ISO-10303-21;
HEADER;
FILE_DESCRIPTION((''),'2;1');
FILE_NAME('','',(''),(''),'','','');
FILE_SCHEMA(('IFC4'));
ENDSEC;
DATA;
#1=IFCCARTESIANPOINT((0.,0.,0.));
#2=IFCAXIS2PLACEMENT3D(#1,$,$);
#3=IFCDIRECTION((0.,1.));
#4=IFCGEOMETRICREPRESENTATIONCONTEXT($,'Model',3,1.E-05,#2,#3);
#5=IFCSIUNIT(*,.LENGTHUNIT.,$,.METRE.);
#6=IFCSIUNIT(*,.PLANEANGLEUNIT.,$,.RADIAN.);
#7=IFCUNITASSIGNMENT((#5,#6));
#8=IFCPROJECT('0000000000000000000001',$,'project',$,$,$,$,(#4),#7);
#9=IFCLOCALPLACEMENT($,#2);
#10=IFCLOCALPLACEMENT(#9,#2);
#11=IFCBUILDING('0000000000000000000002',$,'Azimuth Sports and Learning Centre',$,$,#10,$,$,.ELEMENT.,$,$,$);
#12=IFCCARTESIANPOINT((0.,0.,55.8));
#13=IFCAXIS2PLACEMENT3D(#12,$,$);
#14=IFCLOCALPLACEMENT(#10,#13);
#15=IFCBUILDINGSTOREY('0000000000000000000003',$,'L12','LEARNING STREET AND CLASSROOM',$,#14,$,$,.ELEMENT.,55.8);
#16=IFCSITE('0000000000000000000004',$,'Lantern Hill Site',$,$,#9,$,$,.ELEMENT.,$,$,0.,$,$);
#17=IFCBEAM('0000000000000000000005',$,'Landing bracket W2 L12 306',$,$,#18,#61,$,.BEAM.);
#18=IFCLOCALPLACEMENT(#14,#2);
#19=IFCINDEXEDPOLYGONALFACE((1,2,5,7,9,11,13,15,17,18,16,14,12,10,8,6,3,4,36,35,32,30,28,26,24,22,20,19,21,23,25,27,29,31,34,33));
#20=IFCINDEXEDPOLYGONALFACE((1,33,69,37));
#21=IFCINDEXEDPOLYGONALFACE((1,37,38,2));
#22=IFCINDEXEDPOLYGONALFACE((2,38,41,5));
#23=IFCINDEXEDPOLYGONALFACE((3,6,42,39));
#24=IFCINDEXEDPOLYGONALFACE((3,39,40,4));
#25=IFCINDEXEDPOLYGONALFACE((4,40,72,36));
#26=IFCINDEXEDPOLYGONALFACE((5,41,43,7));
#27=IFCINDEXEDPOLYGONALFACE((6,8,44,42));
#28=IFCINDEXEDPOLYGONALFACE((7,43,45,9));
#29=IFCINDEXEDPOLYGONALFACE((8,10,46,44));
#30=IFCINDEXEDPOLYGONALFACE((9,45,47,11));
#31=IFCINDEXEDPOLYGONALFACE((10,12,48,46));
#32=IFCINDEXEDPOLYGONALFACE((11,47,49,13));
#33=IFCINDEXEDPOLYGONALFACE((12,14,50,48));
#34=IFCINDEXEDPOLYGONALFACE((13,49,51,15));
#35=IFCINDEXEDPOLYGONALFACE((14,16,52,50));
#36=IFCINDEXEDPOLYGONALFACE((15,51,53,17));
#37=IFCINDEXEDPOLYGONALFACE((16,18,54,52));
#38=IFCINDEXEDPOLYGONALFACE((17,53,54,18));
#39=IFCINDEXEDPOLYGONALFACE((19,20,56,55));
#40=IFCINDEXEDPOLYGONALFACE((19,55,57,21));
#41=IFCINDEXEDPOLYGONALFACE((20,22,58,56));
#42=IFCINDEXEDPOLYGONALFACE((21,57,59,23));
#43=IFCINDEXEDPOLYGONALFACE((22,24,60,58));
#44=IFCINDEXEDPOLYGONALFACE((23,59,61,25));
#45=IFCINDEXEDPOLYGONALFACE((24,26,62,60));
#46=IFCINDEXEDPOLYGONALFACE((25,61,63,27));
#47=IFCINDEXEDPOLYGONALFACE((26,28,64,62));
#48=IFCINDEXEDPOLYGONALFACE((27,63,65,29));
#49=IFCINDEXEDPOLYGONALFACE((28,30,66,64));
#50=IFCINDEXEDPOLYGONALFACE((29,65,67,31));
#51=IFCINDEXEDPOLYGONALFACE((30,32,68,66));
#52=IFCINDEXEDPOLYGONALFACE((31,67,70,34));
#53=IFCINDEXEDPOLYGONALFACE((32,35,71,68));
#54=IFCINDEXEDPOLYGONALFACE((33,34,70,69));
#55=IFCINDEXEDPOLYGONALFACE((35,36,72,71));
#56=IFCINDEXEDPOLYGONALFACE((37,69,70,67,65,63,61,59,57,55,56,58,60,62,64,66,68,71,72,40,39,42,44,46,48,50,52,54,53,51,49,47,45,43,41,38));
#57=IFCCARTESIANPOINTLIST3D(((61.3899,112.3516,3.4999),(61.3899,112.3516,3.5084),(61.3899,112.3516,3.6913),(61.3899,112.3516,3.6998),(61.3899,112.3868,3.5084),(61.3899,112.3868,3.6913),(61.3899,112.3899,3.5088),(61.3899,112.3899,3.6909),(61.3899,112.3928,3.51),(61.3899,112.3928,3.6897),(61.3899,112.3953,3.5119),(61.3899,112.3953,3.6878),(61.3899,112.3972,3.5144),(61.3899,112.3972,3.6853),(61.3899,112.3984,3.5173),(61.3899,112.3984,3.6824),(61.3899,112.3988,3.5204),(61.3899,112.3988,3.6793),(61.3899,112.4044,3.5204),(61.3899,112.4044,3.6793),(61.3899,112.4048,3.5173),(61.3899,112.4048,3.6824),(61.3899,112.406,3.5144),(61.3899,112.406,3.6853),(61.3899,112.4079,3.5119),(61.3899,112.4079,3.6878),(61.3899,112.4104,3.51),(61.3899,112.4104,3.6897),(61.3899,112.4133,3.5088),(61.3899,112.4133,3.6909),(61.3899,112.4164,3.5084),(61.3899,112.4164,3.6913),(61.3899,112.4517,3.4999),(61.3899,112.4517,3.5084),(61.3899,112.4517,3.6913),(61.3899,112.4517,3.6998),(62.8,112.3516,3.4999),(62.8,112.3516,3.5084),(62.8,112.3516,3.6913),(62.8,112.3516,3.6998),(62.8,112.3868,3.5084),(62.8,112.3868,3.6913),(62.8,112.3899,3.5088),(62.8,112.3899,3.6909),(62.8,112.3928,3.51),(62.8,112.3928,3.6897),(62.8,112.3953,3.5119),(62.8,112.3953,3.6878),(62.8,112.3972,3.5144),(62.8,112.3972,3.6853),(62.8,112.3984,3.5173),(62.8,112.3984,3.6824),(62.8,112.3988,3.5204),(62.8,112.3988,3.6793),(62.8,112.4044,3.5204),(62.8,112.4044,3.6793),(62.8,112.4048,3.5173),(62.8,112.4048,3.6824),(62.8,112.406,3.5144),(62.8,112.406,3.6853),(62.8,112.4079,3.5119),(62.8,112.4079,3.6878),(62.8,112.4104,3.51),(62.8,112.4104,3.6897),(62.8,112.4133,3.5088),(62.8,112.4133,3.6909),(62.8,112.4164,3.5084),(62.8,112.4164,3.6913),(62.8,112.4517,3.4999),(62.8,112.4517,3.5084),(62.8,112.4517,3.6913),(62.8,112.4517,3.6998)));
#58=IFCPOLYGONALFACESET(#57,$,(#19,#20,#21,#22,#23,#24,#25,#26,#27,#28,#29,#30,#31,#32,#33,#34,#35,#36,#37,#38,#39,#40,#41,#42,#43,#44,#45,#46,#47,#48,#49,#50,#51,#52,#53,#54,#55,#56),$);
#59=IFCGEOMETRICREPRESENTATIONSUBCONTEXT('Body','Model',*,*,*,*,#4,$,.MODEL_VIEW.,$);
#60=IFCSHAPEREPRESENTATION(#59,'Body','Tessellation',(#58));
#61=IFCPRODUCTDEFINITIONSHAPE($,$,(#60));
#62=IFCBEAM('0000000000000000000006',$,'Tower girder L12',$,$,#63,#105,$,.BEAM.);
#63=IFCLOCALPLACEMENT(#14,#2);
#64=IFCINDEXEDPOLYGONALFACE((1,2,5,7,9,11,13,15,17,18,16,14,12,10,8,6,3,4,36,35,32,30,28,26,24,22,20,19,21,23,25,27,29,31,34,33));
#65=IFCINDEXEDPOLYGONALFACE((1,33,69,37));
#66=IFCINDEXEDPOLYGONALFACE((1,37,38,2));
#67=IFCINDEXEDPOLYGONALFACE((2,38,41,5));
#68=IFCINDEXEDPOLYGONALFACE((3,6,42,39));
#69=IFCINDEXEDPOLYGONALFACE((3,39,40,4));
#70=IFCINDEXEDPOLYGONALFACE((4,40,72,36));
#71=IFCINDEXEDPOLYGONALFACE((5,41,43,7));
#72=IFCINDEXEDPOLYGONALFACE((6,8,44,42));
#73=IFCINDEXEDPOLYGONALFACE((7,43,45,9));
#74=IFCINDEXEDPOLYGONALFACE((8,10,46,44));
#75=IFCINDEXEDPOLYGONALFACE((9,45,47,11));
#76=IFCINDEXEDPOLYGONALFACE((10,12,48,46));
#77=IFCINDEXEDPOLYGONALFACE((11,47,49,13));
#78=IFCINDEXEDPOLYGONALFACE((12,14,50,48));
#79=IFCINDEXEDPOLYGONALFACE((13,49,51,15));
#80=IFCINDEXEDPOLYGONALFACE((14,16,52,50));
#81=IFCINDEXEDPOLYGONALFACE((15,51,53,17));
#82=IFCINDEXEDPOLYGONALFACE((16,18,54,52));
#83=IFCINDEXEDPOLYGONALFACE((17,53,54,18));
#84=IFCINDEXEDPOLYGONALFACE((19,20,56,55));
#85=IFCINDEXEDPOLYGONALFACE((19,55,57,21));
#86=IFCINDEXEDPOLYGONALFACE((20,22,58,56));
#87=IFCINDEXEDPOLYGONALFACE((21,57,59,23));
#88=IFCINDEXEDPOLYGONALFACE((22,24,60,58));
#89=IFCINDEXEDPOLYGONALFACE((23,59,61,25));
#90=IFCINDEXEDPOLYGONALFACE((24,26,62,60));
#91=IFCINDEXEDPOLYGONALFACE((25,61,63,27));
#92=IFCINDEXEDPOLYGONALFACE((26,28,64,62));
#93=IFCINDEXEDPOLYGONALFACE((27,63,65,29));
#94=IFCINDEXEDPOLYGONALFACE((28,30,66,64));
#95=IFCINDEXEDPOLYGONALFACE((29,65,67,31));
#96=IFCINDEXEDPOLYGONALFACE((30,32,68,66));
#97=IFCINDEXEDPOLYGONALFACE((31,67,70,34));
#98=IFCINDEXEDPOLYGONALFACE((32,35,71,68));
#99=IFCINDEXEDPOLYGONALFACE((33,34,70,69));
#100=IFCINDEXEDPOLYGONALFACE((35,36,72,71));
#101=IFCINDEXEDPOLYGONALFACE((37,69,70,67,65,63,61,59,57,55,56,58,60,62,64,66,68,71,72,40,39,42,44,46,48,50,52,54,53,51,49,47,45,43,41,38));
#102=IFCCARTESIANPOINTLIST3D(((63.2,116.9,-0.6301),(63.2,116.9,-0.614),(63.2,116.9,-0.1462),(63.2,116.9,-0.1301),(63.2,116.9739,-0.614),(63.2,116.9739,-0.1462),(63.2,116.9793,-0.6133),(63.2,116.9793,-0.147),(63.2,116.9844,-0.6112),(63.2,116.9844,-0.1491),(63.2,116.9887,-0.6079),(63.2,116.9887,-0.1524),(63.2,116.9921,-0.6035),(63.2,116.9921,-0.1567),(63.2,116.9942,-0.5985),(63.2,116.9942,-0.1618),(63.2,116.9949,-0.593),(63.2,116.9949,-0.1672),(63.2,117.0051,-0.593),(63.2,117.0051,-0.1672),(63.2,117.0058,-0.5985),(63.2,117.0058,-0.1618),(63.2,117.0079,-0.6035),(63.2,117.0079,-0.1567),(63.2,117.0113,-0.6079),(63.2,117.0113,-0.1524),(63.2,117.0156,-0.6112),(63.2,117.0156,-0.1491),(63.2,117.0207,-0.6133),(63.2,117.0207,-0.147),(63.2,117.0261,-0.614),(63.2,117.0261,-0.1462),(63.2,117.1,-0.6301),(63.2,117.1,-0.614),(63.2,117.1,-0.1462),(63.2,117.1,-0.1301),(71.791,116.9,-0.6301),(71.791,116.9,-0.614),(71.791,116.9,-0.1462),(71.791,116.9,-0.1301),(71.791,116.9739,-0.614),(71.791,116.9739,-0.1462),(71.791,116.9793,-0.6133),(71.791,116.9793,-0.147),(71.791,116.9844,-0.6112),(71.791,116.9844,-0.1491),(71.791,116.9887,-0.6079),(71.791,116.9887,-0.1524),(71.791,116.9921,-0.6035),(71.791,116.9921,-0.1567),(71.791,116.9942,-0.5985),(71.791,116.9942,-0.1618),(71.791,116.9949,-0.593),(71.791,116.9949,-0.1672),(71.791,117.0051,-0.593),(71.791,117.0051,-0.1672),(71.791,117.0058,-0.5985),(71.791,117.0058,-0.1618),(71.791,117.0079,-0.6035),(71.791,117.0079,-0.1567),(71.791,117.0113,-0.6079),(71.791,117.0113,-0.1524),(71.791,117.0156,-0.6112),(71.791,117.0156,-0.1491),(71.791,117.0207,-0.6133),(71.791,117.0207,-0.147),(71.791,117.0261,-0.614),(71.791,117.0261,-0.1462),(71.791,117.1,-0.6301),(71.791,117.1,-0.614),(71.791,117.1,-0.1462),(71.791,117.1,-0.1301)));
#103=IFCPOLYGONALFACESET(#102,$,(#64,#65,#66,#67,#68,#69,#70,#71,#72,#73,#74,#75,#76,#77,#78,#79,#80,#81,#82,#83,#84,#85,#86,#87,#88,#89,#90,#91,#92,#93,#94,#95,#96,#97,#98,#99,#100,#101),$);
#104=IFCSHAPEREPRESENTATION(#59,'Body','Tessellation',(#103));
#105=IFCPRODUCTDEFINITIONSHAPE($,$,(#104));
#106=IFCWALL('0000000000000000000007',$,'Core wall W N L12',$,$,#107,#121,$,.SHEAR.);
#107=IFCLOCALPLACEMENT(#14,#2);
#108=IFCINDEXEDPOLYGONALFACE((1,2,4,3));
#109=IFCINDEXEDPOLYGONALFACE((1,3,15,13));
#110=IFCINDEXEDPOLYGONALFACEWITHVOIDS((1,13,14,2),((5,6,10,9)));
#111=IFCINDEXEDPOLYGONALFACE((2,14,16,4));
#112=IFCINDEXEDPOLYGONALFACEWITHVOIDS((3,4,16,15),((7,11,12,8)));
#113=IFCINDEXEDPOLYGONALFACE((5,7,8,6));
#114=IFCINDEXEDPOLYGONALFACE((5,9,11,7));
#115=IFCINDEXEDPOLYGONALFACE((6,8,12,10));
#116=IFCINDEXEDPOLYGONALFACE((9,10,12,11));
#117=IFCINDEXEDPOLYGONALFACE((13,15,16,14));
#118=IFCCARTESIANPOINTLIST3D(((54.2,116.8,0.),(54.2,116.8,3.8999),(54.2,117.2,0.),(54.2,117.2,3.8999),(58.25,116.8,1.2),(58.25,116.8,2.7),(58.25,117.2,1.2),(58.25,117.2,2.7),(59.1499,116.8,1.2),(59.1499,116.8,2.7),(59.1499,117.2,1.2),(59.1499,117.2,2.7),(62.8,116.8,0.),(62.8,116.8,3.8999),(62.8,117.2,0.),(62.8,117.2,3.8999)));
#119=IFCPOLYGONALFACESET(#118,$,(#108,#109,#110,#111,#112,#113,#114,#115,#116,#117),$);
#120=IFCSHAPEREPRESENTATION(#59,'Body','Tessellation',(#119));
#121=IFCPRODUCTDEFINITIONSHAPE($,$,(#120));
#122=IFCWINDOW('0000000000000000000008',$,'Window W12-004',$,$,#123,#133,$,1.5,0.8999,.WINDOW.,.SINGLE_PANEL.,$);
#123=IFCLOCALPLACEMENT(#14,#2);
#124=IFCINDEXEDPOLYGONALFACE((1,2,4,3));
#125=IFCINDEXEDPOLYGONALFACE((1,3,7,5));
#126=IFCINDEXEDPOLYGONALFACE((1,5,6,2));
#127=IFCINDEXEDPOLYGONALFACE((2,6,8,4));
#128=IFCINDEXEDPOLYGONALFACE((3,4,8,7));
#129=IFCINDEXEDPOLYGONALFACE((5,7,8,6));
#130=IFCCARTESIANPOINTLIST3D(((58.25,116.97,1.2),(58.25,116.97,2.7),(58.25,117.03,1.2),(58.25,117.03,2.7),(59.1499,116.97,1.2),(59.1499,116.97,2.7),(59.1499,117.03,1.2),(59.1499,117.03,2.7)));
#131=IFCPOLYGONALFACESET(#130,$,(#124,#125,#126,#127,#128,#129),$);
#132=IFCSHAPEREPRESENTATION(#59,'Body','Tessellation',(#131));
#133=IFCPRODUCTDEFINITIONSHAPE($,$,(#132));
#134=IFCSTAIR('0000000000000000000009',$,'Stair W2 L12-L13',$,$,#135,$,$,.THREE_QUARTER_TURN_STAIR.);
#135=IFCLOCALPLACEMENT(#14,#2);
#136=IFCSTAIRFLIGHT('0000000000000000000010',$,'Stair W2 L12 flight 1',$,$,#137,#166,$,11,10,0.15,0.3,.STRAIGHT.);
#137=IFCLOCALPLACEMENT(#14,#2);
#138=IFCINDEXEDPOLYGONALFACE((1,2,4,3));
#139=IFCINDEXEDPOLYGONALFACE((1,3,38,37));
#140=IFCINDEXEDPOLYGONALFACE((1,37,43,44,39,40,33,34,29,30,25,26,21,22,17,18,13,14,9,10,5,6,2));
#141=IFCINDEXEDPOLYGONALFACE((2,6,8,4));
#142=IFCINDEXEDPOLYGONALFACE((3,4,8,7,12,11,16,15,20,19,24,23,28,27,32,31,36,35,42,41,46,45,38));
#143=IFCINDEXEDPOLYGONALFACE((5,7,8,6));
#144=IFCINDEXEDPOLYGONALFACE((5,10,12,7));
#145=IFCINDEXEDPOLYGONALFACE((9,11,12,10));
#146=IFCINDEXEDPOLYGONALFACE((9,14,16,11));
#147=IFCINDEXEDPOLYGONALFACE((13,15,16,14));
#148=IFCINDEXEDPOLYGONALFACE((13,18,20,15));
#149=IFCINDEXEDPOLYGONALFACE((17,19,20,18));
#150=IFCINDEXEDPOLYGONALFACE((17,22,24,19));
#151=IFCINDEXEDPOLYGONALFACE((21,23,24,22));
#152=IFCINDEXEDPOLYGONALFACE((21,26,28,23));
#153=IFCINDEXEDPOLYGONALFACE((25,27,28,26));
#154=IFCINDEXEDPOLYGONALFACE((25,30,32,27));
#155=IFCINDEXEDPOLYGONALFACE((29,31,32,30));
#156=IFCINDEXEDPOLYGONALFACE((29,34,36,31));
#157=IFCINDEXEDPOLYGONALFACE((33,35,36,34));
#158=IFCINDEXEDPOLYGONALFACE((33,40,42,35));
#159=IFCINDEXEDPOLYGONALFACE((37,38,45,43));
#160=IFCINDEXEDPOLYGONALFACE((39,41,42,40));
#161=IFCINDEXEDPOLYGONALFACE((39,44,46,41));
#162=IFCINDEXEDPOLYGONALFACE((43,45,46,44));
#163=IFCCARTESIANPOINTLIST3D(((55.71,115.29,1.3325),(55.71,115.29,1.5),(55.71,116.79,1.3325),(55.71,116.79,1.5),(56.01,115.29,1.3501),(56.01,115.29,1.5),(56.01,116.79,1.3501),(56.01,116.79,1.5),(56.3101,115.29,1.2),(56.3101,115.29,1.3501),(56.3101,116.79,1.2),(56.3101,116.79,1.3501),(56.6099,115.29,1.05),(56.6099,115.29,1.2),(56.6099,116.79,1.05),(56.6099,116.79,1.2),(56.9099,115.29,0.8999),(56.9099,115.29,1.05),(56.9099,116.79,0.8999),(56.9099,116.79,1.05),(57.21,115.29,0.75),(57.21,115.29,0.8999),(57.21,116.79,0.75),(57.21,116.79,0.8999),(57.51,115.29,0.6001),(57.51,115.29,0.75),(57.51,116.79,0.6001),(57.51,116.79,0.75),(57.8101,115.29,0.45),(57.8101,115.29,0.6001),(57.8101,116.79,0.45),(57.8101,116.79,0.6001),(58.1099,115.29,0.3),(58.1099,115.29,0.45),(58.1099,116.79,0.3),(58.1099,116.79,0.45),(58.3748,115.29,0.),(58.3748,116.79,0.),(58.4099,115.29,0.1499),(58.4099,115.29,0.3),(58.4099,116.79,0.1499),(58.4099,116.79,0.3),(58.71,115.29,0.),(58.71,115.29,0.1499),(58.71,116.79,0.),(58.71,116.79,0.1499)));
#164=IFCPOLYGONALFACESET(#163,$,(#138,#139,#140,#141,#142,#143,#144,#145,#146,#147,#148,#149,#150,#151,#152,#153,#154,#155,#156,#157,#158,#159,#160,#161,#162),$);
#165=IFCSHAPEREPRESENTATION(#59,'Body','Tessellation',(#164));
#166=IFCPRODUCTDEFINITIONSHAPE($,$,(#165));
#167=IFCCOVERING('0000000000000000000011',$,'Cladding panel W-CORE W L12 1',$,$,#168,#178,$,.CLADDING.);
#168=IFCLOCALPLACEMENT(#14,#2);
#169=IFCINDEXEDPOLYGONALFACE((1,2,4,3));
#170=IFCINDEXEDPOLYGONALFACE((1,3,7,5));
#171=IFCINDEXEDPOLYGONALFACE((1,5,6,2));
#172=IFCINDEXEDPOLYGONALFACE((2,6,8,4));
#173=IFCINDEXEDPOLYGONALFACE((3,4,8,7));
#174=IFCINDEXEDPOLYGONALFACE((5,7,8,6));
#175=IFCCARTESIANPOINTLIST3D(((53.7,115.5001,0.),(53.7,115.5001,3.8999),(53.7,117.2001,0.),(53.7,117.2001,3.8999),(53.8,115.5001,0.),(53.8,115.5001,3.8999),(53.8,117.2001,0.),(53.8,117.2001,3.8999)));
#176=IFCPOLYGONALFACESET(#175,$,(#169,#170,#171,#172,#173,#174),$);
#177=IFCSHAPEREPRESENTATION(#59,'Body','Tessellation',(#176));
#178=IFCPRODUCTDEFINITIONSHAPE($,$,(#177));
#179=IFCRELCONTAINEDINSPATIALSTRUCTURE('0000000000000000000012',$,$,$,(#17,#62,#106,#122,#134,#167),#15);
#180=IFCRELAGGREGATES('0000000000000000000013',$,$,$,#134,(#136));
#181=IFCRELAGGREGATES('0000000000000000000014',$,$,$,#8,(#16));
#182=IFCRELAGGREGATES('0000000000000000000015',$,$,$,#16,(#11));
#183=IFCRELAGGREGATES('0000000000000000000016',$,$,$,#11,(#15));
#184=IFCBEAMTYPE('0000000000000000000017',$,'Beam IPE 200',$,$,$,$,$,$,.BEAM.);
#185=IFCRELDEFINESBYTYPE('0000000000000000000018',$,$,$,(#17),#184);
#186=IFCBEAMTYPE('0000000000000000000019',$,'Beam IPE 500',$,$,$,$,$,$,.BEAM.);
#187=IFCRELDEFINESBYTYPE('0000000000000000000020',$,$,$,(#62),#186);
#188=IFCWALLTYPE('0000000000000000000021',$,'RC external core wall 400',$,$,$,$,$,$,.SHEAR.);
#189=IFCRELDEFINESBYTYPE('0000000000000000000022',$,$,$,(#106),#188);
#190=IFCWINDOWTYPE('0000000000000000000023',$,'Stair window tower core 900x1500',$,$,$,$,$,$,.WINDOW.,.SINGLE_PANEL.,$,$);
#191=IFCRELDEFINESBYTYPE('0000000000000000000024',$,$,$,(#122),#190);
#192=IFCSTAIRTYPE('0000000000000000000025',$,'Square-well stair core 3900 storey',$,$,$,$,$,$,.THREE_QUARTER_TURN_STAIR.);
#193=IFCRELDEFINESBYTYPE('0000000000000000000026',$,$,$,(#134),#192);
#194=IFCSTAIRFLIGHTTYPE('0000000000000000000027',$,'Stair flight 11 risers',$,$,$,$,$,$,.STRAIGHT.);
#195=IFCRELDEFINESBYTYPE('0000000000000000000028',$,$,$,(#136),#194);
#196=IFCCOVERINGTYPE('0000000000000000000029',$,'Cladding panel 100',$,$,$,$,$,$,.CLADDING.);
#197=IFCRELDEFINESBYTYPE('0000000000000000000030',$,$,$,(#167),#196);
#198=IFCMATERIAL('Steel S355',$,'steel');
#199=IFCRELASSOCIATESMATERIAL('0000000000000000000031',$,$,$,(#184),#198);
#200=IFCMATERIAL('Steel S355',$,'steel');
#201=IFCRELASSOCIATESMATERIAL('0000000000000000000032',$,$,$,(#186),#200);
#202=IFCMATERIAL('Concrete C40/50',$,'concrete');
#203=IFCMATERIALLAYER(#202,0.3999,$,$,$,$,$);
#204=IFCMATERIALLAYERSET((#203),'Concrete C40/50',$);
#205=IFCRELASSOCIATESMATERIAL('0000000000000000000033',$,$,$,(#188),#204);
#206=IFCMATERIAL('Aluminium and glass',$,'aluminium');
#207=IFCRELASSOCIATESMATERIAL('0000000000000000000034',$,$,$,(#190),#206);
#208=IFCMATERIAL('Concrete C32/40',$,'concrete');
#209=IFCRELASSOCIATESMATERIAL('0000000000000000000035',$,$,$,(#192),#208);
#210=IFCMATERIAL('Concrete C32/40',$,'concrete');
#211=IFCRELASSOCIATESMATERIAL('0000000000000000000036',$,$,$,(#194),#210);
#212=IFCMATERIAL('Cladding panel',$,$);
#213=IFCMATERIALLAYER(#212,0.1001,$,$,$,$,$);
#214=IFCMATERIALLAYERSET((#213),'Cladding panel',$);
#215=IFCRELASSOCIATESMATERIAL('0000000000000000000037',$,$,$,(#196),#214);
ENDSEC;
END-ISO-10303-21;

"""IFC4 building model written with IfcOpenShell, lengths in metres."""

from ifc_helpers import new_model, si_unit, direction, frame, frame_2d, origin, origin_2d, place, context, subcontext, project, spatial, polyline, rectangle, i_section, outline, extrude, material, layer, layer_set, material_profile, profile_set, type_object, element, fill, aggregate, save


model = new_model("IFC4")

# Units and contexts
model_context = context("Model", 3, precision=1e-05, world=origin(), true_north=direction((0.0, 1.0)))
body_context = subcontext(model_context, "Body", "Model", "MODEL_VIEW")
ifc_project = project(units=[si_unit("LENGTHUNIT", "METRE"), si_unit("PLANEANGLEUNIT", "RADIAN")], contexts=[model_context])

# Site, building, storey
site_placement = place(None, origin())
site = spatial("IfcSite", under=ifc_project, at=site_placement, Name="Lantern Hill Site", CompositionType="ELEMENT", RefElevation=0.0)
building_placement = place(site_placement, origin())
building = spatial("IfcBuilding", under=site, at=building_placement, Name="Azimuth Sports and Learning Centre", CompositionType="ELEMENT")
storey_placement = place(building_placement, frame((0.0, 0.0, 55.8)))
storey = spatial("IfcBuildingStorey", under=building, at=storey_placement, Name="L12", Description="LEARNING STREET AND CLASSROOM", CompositionType="ELEMENT", Elevation=55.8)

# Beams
ifc_material_1 = material(Name="Steel S355", Category="steel")
ifc_material_profile_1 = material_profile(ifc_material_1, i_section(OverallWidth=0.1001, OverallDepth=0.2, WebThickness=0.0056, FlangeThickness=0.0085, FilletRadius=0.012, at=origin_2d()), Name="IPE 200")
ifc_profile_set_1 = profile_set([ifc_material_profile_1], Name="Steel S355")
beam_type_1 = type_object("IfcBeamType", Name="Beam IPE 200", PredefinedType="BEAM", material=ifc_profile_set_1)
for number, where, z_axis, x_axis, name in (
    (1, (62.8, 112.4016, 3.5999), (-1.0, 0.0, 0.0), (0.0, -1.0, 0.0), "Landing bracket W2 L12 306"),
):
    element("IfcBeam", number, at=place(storey_placement, frame(where, z_axis=z_axis, x_axis=x_axis)), inside=storey, type_object=beam_type_1, Name=name, PredefinedType="BEAM", context=body_context, shape_type="SweptSolid", body=[
        extrude(i_section(OverallWidth=0.1001, OverallDepth=0.2, WebThickness=0.0056, FlangeThickness=0.0085, FilletRadius=0.012, at=origin_2d()), origin(), (0.0, 0.0, 1.0), 1.4102),
    ])
ifc_material_2 = material(Name="Steel S355", Category="steel")
ifc_material_profile_2 = material_profile(ifc_material_2, i_section(OverallWidth=0.2, OverallDepth=0.5, WebThickness=0.0103, FlangeThickness=0.0161, FilletRadius=0.021, at=origin_2d()), Name="IPE 500")
ifc_profile_set_2 = profile_set([ifc_material_profile_2], Name="Steel S355")
beam_type_2 = type_object("IfcBeamType", Name="Beam IPE 500", PredefinedType="BEAM", material=ifc_profile_set_2)
beam_placement = place(storey_placement, frame((63.2, 117.0, -0.3801), z_axis=(1.0, 0.0, 0.0), x_axis=(0.0, 1.0, 0.0)))
element("IfcBeam", 2, at=beam_placement, inside=storey, type_object=beam_type_2, Name="Tower girder L12", PredefinedType="BEAM", context=body_context, shape_type="SweptSolid", body=[
    extrude(i_section(OverallWidth=0.2, OverallDepth=0.5, WebThickness=0.0103, FlangeThickness=0.0161, FilletRadius=0.021, at=origin_2d()), origin(), (0.0, 0.0, 1.0), 8.5911),
])

# Wall, opening, window
ifc_material_3 = material(Name="Concrete C40/50", Category="concrete")
ifc_layer_1 = layer(ifc_material_3, 0.3999)
ifc_layer_set_1 = layer_set([ifc_layer_1], Name="Concrete C40/50")
wall_type = type_object("IfcWallType", Name="RC external core wall 400", PredefinedType="SHEAR", material=ifc_layer_set_1)
wall_placement = place(storey_placement, frame((54.2, 117.0, 0.0), z_axis=(0.0, 0.0, 1.0), x_axis=(1.0, 0.0, 0.0)))
wall = element("IfcWall", 3, at=wall_placement, inside=storey, type_object=wall_type, Name="Core wall W N L12", PredefinedType="SHEAR", context=body_context, shape_type="SweptSolid", body=[
    extrude(rectangle(XDim=8.6001, YDim=0.3999, at=frame_2d((4.3, 0.0))), origin(), (0.0, 0.0, 1.0), 3.8999),
])
opening_placement = place(wall_placement, frame((4.05, 0.0, 1.2)))
opening = element("IfcOpeningElement", 4, at=opening_placement, cuts=wall, PredefinedType="OPENING", context=body_context, shape_type="SweptSolid", body=[
    extrude(rectangle(XDim=0.8999, YDim=1.5, at=frame_2d((0.45, 0.75))), frame((0.0, 0.2109, 0.0), z_axis=(0.0, -1.0, 0.0), x_axis=(1.0, 0.0, 0.0)), (0.0, 0.0, 1.0), 0.4219),
])
ifc_material_4 = material(Name="Aluminium and glass", Category="aluminium")
window_type = type_object("IfcWindowType", Name="Stair window tower core 900x1500", PartitioningType="SINGLE_PANEL", PredefinedType="WINDOW", material=ifc_material_4)
window_placement = place(opening_placement, origin())
window = element("IfcWindow", 5, at=window_placement, inside=storey, type_object=window_type, Name="Window W12-004", OverallHeight=1.5, OverallWidth=0.8999, PartitioningType="SINGLE_PANEL", PredefinedType="WINDOW", context=body_context, shape_type="SweptSolid", body=[
    extrude(rectangle(XDim=0.8999, YDim=1.5, at=frame_2d((0.45, 0.75))), frame((0.0, 0.03, 0.0), z_axis=(0.0, -1.0, 0.0), x_axis=(1.0, 0.0, 0.0)), (0.0, 0.0, 1.0), 0.0601),
])
fill(opening, window)

# Stair, stair flight
ifc_material_5 = material(Name="Concrete C32/40", Category="concrete")
stair_type = type_object("IfcStairType", Name="Square-well stair core 3900 storey", PredefinedType="THREE_QUARTER_TURN_STAIR", material=ifc_material_5)
stair_placement = place(storey_placement, origin())
stair = element("IfcStair", 6, at=stair_placement, inside=storey, type_object=stair_type, Name="Stair W2 L12-L13", PredefinedType="THREE_QUARTER_TURN_STAIR")
ifc_material_6 = material(Name="Concrete C32/40", Category="concrete")
stair_flight_type = type_object("IfcStairFlightType", Name="Stair flight 11 risers", PredefinedType="STRAIGHT", material=ifc_material_6)
stair_flight_placement = place(storey_placement, frame((58.71, 116.04, 0.0), z_axis=(0.0, 0.0, 1.0), x_axis=(-1.0, 0.0, 0.0)))
stair_flight = element("IfcStairFlight", 7, at=stair_flight_placement, type_object=stair_flight_type, Name="Stair W2 L12 flight 1", NumberOfRisers=11, NumberOfTreads=10, PredefinedType="STRAIGHT", RiserHeight=0.15, TreadLength=0.3, context=body_context, shape_type="SweptSolid", body=[
    extrude(outline(polyline([(0.0, 0.0), (0.0, 0.1499), (0.3, 0.1499), (0.3, 0.3), (0.6001, 0.3), (0.6001, 0.45), (0.8999, 0.45), (0.8999, 0.6001), (1.2, 0.6001), (1.2, 0.75), (1.5, 0.75), (1.5, 0.8999), (1.8, 0.8999), (1.8, 1.05), (2.1001, 1.05), (2.1001, 1.2), (2.3999, 1.2), (2.3999, 1.3501), (2.7, 1.3501), (2.7, 1.5), (3.0, 1.5), (3.0, 1.6499), (3.0, 1.3325), (0.3352, 0.0), (0.0, 0.0)])), frame((0.0, 0.75, 0.0), z_axis=(0.0, -1.0, 0.0), x_axis=(1.0, 0.0, 0.0)), (0.0, 0.0, 1.0), 1.5),
])
aggregate(stair, [stair_flight])

# Covering
ifc_material_7 = material(Name="Cladding panel")
ifc_layer_2 = layer(ifc_material_7, 0.1001)
ifc_layer_set_2 = layer_set([ifc_layer_2], Name="Cladding panel")
covering_type = type_object("IfcCoveringType", Name="Cladding panel 100", PredefinedType="CLADDING", material=ifc_layer_set_2)
covering_placement = place(storey_placement, frame((53.75, 116.3501, 0.0), z_axis=(0.0, 0.0, 1.0), x_axis=(0.0, -1.0, 0.0)))
element("IfcCovering", 8, at=covering_placement, inside=storey, type_object=covering_type, Name="Cladding panel W-CORE W L12 1", PredefinedType="CLADDING", context=body_context, shape_type="SweptSolid", body=[
    extrude(rectangle(XDim=1.7, YDim=0.1001, at=origin_2d()), origin(), (0.0, 0.0, 1.0), 3.8999),
])

save(model, "model.ifc")
